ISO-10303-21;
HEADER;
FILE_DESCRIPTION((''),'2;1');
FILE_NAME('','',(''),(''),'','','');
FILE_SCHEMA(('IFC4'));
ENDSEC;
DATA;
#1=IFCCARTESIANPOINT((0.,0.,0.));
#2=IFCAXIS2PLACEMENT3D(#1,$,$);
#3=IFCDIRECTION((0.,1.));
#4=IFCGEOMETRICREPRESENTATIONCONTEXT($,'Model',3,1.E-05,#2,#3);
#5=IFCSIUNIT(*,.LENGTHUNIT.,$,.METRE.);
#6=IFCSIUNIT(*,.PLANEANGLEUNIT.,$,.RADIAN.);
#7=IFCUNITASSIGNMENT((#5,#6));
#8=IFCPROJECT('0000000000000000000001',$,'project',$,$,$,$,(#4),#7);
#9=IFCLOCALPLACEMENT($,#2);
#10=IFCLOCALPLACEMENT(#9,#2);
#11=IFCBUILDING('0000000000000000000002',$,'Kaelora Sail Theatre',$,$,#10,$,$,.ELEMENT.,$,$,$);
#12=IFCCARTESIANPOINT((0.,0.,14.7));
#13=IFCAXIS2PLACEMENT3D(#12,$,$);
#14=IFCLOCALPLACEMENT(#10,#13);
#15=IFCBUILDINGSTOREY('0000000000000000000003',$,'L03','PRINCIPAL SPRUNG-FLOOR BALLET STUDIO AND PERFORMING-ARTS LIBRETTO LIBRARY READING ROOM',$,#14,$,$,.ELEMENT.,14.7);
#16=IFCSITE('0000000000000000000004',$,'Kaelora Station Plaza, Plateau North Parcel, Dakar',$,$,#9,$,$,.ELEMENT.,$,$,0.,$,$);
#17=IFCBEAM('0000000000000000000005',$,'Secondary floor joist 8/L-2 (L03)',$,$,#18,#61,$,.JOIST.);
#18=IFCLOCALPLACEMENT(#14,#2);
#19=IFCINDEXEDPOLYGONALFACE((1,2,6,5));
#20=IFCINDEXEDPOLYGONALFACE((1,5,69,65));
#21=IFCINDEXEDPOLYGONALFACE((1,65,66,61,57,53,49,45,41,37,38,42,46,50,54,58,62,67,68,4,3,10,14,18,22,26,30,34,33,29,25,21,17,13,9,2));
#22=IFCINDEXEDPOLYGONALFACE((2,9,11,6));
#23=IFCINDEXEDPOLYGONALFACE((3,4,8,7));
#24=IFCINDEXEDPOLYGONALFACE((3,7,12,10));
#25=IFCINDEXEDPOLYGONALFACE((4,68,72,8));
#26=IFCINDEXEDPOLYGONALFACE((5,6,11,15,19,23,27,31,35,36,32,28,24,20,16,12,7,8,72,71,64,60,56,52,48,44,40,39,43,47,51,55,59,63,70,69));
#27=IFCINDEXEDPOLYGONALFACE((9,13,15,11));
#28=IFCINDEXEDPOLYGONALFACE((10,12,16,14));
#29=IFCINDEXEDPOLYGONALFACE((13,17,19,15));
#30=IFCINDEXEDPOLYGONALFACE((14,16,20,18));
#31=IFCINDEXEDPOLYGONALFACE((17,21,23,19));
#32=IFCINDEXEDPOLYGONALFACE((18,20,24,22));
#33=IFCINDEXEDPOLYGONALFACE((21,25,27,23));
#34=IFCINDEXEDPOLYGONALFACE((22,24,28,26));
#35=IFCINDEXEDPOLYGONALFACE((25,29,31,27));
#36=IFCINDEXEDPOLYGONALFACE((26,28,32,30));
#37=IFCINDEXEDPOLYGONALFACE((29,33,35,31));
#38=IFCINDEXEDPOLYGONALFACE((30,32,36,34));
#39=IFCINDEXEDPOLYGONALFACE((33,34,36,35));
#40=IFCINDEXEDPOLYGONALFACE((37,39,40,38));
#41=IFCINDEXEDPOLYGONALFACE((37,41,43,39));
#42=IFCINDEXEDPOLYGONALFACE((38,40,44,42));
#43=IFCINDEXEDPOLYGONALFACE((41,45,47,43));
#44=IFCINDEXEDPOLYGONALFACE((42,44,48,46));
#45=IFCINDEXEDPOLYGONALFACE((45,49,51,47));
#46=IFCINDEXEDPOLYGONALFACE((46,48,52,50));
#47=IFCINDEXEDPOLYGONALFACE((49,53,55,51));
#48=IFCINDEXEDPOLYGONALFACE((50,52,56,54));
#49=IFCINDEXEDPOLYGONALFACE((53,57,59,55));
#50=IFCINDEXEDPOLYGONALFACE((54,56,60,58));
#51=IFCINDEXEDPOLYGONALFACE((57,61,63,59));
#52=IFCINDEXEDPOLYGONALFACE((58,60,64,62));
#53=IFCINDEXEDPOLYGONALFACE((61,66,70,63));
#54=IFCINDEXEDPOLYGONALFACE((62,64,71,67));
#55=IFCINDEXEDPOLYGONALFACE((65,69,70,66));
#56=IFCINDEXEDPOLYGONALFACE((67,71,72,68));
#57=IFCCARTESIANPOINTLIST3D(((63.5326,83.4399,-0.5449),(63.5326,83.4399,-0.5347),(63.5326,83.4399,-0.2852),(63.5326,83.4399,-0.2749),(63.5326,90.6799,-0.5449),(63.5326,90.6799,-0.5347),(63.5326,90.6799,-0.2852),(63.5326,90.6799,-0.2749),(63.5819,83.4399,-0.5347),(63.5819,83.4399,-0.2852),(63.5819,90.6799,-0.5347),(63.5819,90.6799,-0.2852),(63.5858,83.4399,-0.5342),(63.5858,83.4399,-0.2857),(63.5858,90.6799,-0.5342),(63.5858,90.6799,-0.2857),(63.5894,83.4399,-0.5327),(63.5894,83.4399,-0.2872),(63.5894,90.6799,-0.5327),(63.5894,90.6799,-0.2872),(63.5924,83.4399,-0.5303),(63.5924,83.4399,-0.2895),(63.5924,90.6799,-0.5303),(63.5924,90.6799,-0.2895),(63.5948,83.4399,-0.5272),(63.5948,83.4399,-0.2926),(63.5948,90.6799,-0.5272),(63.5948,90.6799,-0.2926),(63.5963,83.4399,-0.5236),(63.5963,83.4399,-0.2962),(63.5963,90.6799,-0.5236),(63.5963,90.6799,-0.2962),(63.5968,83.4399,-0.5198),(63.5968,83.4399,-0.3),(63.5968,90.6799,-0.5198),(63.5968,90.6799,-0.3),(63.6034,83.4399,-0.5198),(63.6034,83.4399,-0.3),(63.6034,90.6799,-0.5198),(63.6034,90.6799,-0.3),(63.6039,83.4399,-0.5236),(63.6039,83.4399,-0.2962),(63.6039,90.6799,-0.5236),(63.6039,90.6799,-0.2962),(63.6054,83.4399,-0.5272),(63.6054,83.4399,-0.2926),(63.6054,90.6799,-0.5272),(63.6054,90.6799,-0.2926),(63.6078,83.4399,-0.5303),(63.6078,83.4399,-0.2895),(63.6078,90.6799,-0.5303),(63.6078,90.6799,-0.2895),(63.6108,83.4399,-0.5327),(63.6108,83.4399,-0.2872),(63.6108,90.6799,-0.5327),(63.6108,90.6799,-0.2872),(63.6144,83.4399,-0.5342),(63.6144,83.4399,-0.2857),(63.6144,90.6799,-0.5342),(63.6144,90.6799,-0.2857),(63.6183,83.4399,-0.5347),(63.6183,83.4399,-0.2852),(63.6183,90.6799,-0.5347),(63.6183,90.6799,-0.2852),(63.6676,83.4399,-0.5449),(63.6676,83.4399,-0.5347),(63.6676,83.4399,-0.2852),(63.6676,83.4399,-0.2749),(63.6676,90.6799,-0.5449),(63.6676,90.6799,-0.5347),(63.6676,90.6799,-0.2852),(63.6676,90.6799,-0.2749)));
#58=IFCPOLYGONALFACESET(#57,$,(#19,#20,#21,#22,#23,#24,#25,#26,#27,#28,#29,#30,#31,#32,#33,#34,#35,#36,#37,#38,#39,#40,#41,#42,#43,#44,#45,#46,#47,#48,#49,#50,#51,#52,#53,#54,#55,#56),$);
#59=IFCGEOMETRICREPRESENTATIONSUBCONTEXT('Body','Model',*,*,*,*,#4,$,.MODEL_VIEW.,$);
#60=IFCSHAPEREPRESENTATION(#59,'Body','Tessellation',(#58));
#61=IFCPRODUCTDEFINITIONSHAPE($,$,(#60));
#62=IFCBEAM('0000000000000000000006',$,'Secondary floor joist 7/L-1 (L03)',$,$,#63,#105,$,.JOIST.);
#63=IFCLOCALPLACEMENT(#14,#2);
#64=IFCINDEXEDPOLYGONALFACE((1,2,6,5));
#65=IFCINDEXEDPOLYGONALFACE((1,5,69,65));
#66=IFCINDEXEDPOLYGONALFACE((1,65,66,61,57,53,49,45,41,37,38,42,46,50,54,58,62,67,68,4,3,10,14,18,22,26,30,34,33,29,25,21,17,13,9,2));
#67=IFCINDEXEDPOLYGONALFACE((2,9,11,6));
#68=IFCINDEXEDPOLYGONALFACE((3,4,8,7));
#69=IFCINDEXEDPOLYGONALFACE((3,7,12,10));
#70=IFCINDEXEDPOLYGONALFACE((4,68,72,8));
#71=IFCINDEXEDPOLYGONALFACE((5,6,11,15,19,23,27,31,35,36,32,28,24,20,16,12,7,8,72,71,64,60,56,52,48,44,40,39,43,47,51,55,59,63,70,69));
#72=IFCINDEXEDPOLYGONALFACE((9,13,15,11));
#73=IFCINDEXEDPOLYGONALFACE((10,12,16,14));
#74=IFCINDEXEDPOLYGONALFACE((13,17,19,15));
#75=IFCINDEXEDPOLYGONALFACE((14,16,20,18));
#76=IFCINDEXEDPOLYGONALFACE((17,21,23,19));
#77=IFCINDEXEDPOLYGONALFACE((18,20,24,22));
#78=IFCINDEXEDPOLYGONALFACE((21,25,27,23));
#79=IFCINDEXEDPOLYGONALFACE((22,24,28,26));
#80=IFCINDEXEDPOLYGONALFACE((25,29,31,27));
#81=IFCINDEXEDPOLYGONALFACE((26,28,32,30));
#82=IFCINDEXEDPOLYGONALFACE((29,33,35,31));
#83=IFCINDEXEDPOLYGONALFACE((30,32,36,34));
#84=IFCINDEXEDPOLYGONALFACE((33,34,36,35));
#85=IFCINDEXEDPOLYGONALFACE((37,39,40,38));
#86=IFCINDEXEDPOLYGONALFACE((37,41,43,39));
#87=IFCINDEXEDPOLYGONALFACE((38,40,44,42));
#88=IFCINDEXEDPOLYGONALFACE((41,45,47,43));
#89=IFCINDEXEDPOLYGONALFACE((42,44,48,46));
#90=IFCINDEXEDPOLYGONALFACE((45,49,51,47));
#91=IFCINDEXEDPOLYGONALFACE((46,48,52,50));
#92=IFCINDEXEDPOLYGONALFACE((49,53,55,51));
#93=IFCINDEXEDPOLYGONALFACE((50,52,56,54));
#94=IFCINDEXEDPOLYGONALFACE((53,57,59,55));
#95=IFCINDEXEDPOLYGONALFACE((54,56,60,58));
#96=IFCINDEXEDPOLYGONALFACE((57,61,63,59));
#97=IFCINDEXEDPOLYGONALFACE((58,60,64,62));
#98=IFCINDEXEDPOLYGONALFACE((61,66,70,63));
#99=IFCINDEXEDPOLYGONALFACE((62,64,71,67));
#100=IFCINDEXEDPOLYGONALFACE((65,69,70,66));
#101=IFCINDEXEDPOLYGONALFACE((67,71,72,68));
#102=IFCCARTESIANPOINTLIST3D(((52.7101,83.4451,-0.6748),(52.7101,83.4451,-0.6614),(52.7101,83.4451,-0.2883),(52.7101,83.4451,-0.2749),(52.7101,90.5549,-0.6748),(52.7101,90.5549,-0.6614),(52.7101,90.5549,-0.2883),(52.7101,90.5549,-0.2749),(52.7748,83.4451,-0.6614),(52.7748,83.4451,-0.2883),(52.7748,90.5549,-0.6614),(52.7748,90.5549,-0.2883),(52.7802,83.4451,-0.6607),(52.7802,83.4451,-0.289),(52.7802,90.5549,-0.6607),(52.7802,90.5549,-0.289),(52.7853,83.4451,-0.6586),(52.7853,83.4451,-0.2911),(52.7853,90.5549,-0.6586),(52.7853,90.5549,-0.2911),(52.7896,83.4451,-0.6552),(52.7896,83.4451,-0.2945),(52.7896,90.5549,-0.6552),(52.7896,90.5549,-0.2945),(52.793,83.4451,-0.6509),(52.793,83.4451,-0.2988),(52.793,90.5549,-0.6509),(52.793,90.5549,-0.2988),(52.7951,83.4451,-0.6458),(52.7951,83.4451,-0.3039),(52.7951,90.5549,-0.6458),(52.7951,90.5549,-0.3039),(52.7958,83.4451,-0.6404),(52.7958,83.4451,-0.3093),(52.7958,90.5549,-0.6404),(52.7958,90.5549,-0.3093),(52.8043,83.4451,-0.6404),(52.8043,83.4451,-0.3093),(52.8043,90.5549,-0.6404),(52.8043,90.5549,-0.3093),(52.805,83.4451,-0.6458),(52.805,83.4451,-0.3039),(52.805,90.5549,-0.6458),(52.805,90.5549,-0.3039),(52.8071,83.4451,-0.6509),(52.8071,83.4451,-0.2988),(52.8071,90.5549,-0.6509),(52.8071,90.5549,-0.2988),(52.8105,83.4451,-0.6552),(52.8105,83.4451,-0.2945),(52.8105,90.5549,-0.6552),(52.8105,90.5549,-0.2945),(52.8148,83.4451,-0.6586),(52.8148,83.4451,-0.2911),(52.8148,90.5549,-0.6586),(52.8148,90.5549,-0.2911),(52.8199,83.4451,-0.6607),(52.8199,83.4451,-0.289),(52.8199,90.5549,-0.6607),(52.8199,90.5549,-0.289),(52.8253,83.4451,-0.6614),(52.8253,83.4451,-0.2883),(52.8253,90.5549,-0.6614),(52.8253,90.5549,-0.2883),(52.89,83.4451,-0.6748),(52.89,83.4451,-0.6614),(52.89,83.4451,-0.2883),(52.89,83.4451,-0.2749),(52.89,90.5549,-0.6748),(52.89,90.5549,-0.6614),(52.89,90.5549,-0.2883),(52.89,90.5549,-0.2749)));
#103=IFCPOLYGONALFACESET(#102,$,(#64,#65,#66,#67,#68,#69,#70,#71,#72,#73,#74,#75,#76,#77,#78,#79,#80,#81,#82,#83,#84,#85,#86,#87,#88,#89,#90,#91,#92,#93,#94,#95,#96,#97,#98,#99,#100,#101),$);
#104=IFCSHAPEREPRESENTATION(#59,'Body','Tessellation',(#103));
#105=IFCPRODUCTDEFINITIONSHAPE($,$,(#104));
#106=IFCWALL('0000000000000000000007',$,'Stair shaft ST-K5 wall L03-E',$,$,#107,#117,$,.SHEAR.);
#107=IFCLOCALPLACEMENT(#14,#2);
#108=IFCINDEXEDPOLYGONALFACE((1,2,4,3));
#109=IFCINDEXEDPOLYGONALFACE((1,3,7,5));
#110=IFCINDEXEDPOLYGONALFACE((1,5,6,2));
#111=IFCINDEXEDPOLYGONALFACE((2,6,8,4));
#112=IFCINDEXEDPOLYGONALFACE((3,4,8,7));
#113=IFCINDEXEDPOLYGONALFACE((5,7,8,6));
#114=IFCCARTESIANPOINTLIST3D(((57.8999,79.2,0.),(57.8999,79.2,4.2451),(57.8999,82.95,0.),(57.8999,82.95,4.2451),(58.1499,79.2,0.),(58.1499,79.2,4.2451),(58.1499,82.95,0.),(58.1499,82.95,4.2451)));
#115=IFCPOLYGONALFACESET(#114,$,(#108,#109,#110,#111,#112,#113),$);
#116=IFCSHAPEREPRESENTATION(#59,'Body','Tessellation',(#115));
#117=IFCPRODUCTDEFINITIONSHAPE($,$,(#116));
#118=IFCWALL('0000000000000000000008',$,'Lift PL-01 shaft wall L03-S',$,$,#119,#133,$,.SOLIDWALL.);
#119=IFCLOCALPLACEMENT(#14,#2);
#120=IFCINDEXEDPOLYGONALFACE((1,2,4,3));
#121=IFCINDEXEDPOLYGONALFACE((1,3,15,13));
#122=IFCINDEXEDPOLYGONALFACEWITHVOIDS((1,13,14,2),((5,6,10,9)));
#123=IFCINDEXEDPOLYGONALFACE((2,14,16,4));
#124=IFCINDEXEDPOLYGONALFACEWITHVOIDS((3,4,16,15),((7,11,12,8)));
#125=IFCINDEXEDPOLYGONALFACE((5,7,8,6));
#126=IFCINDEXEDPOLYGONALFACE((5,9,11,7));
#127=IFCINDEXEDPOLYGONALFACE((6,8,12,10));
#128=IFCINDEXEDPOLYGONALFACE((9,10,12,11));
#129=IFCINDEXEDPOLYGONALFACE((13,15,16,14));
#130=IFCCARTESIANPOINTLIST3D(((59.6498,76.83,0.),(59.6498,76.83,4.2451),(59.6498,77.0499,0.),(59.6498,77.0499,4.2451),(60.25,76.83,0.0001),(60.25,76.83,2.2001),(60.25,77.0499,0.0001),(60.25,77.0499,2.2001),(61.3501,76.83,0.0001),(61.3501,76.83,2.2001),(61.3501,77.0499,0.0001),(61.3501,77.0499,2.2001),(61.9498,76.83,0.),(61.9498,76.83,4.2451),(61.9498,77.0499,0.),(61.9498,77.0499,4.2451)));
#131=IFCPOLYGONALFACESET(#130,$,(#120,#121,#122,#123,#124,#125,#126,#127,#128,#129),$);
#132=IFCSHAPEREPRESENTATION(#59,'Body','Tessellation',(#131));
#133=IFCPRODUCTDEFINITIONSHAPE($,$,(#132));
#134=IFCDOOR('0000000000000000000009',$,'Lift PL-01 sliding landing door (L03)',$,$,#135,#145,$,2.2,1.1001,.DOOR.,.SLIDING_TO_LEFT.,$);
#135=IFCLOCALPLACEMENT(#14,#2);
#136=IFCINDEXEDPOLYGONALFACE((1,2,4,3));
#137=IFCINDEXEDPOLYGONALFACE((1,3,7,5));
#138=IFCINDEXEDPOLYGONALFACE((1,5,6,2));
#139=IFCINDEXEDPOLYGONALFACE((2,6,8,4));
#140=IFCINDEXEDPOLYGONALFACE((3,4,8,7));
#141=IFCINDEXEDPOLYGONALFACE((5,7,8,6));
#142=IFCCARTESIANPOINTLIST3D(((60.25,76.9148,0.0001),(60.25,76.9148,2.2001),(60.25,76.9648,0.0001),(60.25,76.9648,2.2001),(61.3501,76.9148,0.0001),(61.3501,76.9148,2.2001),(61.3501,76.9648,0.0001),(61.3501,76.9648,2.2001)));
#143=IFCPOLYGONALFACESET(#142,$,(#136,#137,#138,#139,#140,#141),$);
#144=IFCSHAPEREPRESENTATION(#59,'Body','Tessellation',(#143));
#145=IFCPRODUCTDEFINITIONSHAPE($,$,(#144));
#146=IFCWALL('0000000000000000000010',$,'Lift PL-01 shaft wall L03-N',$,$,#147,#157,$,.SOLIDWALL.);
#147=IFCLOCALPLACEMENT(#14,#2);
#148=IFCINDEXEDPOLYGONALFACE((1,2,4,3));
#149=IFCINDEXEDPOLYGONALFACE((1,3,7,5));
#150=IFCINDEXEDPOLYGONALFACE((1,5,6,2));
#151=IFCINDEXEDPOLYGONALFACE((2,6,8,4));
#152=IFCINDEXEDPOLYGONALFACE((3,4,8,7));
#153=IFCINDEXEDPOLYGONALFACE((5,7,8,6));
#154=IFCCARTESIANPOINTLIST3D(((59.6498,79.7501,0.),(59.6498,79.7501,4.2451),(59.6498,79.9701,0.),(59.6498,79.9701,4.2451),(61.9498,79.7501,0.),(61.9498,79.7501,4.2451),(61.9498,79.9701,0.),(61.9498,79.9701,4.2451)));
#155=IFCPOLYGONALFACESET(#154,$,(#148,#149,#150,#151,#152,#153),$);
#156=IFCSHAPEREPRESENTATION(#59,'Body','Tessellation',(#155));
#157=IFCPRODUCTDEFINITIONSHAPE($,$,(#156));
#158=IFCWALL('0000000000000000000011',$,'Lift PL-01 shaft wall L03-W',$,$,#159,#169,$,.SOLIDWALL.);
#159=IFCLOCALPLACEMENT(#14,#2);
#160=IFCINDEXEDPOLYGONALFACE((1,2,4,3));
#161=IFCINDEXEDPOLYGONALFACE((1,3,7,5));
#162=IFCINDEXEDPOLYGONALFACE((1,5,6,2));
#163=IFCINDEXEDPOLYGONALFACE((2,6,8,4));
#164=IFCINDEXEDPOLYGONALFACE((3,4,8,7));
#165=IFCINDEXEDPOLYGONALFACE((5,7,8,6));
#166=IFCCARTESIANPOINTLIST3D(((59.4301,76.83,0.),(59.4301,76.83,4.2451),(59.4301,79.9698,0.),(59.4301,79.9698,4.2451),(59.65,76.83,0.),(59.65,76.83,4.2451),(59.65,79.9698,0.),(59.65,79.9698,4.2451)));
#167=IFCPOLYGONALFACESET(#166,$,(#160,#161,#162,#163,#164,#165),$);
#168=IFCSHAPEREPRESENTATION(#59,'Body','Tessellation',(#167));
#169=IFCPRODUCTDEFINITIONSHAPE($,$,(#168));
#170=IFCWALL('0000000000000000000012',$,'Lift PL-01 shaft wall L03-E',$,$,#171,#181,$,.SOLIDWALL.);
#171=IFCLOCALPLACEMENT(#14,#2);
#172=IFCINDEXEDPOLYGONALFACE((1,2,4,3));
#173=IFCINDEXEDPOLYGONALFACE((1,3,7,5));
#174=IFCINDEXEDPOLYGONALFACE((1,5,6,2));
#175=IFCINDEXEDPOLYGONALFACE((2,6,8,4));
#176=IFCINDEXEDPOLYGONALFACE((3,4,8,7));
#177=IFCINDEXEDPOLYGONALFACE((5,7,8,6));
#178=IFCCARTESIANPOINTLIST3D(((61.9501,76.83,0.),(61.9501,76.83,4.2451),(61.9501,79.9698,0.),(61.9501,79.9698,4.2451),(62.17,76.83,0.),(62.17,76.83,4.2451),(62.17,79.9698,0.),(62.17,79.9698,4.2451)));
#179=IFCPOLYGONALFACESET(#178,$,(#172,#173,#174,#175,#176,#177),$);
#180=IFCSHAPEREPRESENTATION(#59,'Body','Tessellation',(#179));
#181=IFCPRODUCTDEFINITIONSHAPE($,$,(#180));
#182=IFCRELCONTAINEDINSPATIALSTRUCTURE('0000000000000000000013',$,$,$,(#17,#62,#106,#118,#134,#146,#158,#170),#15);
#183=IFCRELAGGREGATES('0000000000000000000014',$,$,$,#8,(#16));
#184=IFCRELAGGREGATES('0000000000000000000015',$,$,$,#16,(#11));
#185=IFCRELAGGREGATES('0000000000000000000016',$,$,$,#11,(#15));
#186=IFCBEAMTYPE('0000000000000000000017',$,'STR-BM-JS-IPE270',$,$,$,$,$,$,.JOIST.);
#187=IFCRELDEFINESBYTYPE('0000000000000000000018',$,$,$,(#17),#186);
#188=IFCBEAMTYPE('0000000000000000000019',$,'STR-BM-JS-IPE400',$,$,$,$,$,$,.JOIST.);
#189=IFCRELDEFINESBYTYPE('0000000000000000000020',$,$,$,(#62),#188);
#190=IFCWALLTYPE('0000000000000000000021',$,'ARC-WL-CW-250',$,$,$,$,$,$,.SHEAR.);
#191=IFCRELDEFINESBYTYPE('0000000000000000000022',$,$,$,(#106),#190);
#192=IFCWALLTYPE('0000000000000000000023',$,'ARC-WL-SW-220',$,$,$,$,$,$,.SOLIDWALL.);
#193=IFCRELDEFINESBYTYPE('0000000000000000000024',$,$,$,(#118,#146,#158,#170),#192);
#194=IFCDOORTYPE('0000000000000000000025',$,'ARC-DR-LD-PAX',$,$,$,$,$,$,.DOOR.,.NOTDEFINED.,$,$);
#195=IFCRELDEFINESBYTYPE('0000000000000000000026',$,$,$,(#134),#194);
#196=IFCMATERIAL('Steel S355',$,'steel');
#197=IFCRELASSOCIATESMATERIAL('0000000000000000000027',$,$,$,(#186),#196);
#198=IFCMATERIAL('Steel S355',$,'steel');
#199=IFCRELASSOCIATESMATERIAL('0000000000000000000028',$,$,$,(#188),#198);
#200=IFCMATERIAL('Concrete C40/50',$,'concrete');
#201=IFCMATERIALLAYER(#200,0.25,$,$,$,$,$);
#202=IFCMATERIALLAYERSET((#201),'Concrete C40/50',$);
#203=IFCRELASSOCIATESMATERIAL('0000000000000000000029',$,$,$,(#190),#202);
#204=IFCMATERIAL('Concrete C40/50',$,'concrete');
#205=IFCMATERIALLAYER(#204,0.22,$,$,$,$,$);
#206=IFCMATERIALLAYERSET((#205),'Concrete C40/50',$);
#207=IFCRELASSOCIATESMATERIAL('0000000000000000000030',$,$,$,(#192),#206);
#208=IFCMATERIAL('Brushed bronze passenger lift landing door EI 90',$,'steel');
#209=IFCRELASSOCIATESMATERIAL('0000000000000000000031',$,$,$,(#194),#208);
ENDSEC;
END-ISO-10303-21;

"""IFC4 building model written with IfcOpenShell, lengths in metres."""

from ifc_helpers import new_model, si_unit, direction, frame, frame_2d, origin, origin_2d, place, context, subcontext, project, spatial, rectangle, i_section, extrude, material, layer, layer_set, material_profile, profile_set, type_object, element, fill, save


model = new_model("IFC4")

# Units and contexts
model_context = context("Model", 3, precision=1e-05, world=origin(), true_north=direction((0.0, 1.0)))
body_context = subcontext(model_context, "Body", "Model", "MODEL_VIEW")
ifc_project = project(units=[si_unit("LENGTHUNIT", "METRE"), si_unit("PLANEANGLEUNIT", "RADIAN")], contexts=[model_context])

# Site, building, storey
site_placement = place(None, origin())
site = spatial("IfcSite", under=ifc_project, at=site_placement, Name="Kaelora Station Plaza, Plateau North Parcel, Dakar", CompositionType="ELEMENT", RefElevation=0.0)
building_placement = place(site_placement, origin())
building = spatial("IfcBuilding", under=site, at=building_placement, Name="Kaelora Sail Theatre", CompositionType="ELEMENT")
storey_placement = place(building_placement, frame((0.0, 0.0, 14.7)))
storey = spatial("IfcBuildingStorey", under=building, at=storey_placement, Name="L03", Description="PRINCIPAL SPRUNG-FLOOR BALLET STUDIO AND PERFORMING-ARTS LIBRETTO LIBRARY READING ROOM", CompositionType="ELEMENT", Elevation=14.7)

# Beams
ifc_material_1 = material(Name="Steel S355", Category="steel")
ifc_material_profile_1 = material_profile(ifc_material_1, i_section(OverallWidth=0.135, OverallDepth=0.27, WebThickness=0.0066, FlangeThickness=0.0103, FilletRadius=0.0149, at=origin_2d()), Name="IPE 270")
ifc_profile_set_1 = profile_set([ifc_material_profile_1], Name="Steel S355")
beam_type_1 = type_object("IfcBeamType", Name="STR-BM-JS-IPE270", PredefinedType="JOIST", material=ifc_profile_set_1)
beam_1_placement = place(storey_placement, frame((63.6001, 83.4399, -0.4099), z_axis=(0.0, 1.0, 0.0), x_axis=(-1.0, 0.0, 0.0)))
element("IfcBeam", 1, at=beam_1_placement, inside=storey, type_object=beam_type_1, Name="Secondary floor joist 8/L-2 (L03)", PredefinedType="JOIST", context=body_context, shape_type="SweptSolid", body=[
    extrude(i_section(OverallWidth=0.135, OverallDepth=0.27, WebThickness=0.0066, FlangeThickness=0.0103, FilletRadius=0.0149, at=origin_2d()), origin(), (0.0, 0.0, 1.0), 7.24),
])
ifc_material_2 = material(Name="Steel S355", Category="steel")
ifc_material_profile_2 = material_profile(ifc_material_2, i_section(OverallWidth=0.1799, OverallDepth=0.3999, WebThickness=0.0085, FlangeThickness=0.0134, FilletRadius=0.021, at=origin_2d()), Name="IPE 400")
ifc_profile_set_2 = profile_set([ifc_material_profile_2], Name="Steel S355")
beam_type_2 = type_object("IfcBeamType", Name="STR-BM-JS-IPE400", PredefinedType="JOIST", material=ifc_profile_set_2)
beam_2_placement = place(storey_placement, frame((52.8, 83.4451, -0.4749), z_axis=(0.0, 1.0, 0.0), x_axis=(-1.0, 0.0, 0.0)))
element("IfcBeam", 2, at=beam_2_placement, inside=storey, type_object=beam_type_2, Name="Secondary floor joist 7/L-1 (L03)", PredefinedType="JOIST", context=body_context, shape_type="SweptSolid", body=[
    extrude(i_section(OverallWidth=0.1799, OverallDepth=0.3999, WebThickness=0.0085, FlangeThickness=0.0134, FilletRadius=0.021, at=origin_2d()), origin(), (0.0, 0.0, 1.0), 7.1099),
])

# Wall
ifc_material_3 = material(Name="Concrete C40/50", Category="concrete")
ifc_layer_1 = layer(ifc_material_3, 0.25)
ifc_layer_set_1 = layer_set([ifc_layer_1], Name="Concrete C40/50")
wall_type_1 = type_object("IfcWallType", Name="ARC-WL-CW-250", PredefinedType="SHEAR", material=ifc_layer_set_1)
wall_1_placement = place(storey_placement, frame((58.0249, 79.2, 0.0), z_axis=(0.0, 0.0, 1.0), x_axis=(0.0, 1.0, 0.0)))
element("IfcWall", 3, at=wall_1_placement, inside=storey, type_object=wall_type_1, Name="Stair shaft ST-K5 wall L03-E", PredefinedType="SHEAR", context=body_context, shape_type="SweptSolid", body=[
    extrude(rectangle(XDim=3.75, YDim=0.25, at=frame_2d((1.875, 0.0))), origin(), (0.0, 0.0, 1.0), 4.2451),
])

# Wall, opening, door
ifc_material_4 = material(Name="Concrete C40/50", Category="concrete")
ifc_layer_2 = layer(ifc_material_4, 0.22)
ifc_layer_set_2 = layer_set([ifc_layer_2], Name="Concrete C40/50")
wall_type_2 = type_object("IfcWallType", Name="ARC-WL-SW-220", PredefinedType="SOLIDWALL", material=ifc_layer_set_2)
wall_2_placement = place(storey_placement, frame((59.6499, 76.9399, 0.0), z_axis=(0.0, 0.0, 1.0), x_axis=(1.0, 0.0, 0.0)))
wall_2 = element("IfcWall", 4, at=wall_2_placement, inside=storey, type_object=wall_type_2, Name="Lift PL-01 shaft wall L03-S", PredefinedType="SOLIDWALL", context=body_context, shape_type="SweptSolid", body=[
    extrude(rectangle(XDim=2.3, YDim=0.22, at=frame_2d((1.1499, 0.0))), origin(), (0.0, 0.0, 1.0), 4.2451),
])
opening_1_placement = place(wall_2_placement, frame((0.6001, 0.0, 0.0)))
opening_1 = element("IfcOpeningElement", 5, at=opening_1_placement, cuts=wall_2, PredefinedType="OPENING", context=body_context, shape_type="SweptSolid", body=[
    extrude(rectangle(XDim=1.1001, YDim=2.2, at=frame_2d((0.55, 1.1001))), frame((0.0, 0.1199, 0.0), z_axis=(0.0, -1.0, 0.0), x_axis=(1.0, 0.0, 0.0)), (0.0, 0.0, 1.0), 0.24),
])
ifc_material_5 = material(Name="Brushed bronze passenger lift landing door EI 90", Category="steel")
door_type = type_object("IfcDoorType", Name="ARC-DR-LD-PAX", OperationType="NOTDEFINED", PredefinedType="DOOR", material=ifc_material_5)
door_1_placement = place(opening_1_placement, origin())
door_1 = element("IfcDoor", 6, at=door_1_placement, inside=storey, type_object=door_type, Name="Lift PL-01 sliding landing door (L03)", OperationType="SLIDING_TO_LEFT", OverallHeight=2.2, OverallWidth=1.1001, PredefinedType="DOOR", context=body_context, shape_type="SweptSolid", body=[
    extrude(rectangle(XDim=1.1001, YDim=2.2, at=frame_2d((0.55, 1.1001))), frame((0.0, 0.0249, 0.0), z_axis=(0.0, -1.0, 0.0), x_axis=(1.0, 0.0, 0.0)), (0.0, 0.0, 1.0), 0.05),
])
fill(opening_1, door_1)

# Walls
wall_3_placement = place(storey_placement, frame((59.6499, 79.8601, 0.0), z_axis=(0.0, 0.0, 1.0), x_axis=(1.0, 0.0, 0.0)))
element("IfcWall", 7, at=wall_3_placement, inside=storey, type_object=wall_type_2, Name="Lift PL-01 shaft wall L03-N", PredefinedType="SOLIDWALL", context=body_context, shape_type="SweptSolid", body=[
    extrude(rectangle(XDim=2.3, YDim=0.22, at=frame_2d((1.1499, 0.0))), origin(), (0.0, 0.0, 1.0), 4.2451),
])
for number, where, z_axis, x_axis, name in (
    (8, (59.54, 76.8301, 0.0), (0.0, 0.0, 1.0), (0.0, 1.0, 0.0), "Lift PL-01 shaft wall L03-W"),
    (9, (62.0601, 76.8301, 0.0), (0.0, 0.0, 1.0), (0.0, 1.0, 0.0), "Lift PL-01 shaft wall L03-E"),
):
    element("IfcWall", number, at=place(storey_placement, frame(where, z_axis=z_axis, x_axis=x_axis)), inside=storey, type_object=wall_type_2, Name=name, PredefinedType="SOLIDWALL", context=body_context, shape_type="SweptSolid", body=[
        extrude(rectangle(XDim=3.1399, YDim=0.22, at=frame_2d((1.5698, 0.0))), origin(), (0.0, 0.0, 1.0), 4.2451),
    ])

save(model, "model.ifc")
